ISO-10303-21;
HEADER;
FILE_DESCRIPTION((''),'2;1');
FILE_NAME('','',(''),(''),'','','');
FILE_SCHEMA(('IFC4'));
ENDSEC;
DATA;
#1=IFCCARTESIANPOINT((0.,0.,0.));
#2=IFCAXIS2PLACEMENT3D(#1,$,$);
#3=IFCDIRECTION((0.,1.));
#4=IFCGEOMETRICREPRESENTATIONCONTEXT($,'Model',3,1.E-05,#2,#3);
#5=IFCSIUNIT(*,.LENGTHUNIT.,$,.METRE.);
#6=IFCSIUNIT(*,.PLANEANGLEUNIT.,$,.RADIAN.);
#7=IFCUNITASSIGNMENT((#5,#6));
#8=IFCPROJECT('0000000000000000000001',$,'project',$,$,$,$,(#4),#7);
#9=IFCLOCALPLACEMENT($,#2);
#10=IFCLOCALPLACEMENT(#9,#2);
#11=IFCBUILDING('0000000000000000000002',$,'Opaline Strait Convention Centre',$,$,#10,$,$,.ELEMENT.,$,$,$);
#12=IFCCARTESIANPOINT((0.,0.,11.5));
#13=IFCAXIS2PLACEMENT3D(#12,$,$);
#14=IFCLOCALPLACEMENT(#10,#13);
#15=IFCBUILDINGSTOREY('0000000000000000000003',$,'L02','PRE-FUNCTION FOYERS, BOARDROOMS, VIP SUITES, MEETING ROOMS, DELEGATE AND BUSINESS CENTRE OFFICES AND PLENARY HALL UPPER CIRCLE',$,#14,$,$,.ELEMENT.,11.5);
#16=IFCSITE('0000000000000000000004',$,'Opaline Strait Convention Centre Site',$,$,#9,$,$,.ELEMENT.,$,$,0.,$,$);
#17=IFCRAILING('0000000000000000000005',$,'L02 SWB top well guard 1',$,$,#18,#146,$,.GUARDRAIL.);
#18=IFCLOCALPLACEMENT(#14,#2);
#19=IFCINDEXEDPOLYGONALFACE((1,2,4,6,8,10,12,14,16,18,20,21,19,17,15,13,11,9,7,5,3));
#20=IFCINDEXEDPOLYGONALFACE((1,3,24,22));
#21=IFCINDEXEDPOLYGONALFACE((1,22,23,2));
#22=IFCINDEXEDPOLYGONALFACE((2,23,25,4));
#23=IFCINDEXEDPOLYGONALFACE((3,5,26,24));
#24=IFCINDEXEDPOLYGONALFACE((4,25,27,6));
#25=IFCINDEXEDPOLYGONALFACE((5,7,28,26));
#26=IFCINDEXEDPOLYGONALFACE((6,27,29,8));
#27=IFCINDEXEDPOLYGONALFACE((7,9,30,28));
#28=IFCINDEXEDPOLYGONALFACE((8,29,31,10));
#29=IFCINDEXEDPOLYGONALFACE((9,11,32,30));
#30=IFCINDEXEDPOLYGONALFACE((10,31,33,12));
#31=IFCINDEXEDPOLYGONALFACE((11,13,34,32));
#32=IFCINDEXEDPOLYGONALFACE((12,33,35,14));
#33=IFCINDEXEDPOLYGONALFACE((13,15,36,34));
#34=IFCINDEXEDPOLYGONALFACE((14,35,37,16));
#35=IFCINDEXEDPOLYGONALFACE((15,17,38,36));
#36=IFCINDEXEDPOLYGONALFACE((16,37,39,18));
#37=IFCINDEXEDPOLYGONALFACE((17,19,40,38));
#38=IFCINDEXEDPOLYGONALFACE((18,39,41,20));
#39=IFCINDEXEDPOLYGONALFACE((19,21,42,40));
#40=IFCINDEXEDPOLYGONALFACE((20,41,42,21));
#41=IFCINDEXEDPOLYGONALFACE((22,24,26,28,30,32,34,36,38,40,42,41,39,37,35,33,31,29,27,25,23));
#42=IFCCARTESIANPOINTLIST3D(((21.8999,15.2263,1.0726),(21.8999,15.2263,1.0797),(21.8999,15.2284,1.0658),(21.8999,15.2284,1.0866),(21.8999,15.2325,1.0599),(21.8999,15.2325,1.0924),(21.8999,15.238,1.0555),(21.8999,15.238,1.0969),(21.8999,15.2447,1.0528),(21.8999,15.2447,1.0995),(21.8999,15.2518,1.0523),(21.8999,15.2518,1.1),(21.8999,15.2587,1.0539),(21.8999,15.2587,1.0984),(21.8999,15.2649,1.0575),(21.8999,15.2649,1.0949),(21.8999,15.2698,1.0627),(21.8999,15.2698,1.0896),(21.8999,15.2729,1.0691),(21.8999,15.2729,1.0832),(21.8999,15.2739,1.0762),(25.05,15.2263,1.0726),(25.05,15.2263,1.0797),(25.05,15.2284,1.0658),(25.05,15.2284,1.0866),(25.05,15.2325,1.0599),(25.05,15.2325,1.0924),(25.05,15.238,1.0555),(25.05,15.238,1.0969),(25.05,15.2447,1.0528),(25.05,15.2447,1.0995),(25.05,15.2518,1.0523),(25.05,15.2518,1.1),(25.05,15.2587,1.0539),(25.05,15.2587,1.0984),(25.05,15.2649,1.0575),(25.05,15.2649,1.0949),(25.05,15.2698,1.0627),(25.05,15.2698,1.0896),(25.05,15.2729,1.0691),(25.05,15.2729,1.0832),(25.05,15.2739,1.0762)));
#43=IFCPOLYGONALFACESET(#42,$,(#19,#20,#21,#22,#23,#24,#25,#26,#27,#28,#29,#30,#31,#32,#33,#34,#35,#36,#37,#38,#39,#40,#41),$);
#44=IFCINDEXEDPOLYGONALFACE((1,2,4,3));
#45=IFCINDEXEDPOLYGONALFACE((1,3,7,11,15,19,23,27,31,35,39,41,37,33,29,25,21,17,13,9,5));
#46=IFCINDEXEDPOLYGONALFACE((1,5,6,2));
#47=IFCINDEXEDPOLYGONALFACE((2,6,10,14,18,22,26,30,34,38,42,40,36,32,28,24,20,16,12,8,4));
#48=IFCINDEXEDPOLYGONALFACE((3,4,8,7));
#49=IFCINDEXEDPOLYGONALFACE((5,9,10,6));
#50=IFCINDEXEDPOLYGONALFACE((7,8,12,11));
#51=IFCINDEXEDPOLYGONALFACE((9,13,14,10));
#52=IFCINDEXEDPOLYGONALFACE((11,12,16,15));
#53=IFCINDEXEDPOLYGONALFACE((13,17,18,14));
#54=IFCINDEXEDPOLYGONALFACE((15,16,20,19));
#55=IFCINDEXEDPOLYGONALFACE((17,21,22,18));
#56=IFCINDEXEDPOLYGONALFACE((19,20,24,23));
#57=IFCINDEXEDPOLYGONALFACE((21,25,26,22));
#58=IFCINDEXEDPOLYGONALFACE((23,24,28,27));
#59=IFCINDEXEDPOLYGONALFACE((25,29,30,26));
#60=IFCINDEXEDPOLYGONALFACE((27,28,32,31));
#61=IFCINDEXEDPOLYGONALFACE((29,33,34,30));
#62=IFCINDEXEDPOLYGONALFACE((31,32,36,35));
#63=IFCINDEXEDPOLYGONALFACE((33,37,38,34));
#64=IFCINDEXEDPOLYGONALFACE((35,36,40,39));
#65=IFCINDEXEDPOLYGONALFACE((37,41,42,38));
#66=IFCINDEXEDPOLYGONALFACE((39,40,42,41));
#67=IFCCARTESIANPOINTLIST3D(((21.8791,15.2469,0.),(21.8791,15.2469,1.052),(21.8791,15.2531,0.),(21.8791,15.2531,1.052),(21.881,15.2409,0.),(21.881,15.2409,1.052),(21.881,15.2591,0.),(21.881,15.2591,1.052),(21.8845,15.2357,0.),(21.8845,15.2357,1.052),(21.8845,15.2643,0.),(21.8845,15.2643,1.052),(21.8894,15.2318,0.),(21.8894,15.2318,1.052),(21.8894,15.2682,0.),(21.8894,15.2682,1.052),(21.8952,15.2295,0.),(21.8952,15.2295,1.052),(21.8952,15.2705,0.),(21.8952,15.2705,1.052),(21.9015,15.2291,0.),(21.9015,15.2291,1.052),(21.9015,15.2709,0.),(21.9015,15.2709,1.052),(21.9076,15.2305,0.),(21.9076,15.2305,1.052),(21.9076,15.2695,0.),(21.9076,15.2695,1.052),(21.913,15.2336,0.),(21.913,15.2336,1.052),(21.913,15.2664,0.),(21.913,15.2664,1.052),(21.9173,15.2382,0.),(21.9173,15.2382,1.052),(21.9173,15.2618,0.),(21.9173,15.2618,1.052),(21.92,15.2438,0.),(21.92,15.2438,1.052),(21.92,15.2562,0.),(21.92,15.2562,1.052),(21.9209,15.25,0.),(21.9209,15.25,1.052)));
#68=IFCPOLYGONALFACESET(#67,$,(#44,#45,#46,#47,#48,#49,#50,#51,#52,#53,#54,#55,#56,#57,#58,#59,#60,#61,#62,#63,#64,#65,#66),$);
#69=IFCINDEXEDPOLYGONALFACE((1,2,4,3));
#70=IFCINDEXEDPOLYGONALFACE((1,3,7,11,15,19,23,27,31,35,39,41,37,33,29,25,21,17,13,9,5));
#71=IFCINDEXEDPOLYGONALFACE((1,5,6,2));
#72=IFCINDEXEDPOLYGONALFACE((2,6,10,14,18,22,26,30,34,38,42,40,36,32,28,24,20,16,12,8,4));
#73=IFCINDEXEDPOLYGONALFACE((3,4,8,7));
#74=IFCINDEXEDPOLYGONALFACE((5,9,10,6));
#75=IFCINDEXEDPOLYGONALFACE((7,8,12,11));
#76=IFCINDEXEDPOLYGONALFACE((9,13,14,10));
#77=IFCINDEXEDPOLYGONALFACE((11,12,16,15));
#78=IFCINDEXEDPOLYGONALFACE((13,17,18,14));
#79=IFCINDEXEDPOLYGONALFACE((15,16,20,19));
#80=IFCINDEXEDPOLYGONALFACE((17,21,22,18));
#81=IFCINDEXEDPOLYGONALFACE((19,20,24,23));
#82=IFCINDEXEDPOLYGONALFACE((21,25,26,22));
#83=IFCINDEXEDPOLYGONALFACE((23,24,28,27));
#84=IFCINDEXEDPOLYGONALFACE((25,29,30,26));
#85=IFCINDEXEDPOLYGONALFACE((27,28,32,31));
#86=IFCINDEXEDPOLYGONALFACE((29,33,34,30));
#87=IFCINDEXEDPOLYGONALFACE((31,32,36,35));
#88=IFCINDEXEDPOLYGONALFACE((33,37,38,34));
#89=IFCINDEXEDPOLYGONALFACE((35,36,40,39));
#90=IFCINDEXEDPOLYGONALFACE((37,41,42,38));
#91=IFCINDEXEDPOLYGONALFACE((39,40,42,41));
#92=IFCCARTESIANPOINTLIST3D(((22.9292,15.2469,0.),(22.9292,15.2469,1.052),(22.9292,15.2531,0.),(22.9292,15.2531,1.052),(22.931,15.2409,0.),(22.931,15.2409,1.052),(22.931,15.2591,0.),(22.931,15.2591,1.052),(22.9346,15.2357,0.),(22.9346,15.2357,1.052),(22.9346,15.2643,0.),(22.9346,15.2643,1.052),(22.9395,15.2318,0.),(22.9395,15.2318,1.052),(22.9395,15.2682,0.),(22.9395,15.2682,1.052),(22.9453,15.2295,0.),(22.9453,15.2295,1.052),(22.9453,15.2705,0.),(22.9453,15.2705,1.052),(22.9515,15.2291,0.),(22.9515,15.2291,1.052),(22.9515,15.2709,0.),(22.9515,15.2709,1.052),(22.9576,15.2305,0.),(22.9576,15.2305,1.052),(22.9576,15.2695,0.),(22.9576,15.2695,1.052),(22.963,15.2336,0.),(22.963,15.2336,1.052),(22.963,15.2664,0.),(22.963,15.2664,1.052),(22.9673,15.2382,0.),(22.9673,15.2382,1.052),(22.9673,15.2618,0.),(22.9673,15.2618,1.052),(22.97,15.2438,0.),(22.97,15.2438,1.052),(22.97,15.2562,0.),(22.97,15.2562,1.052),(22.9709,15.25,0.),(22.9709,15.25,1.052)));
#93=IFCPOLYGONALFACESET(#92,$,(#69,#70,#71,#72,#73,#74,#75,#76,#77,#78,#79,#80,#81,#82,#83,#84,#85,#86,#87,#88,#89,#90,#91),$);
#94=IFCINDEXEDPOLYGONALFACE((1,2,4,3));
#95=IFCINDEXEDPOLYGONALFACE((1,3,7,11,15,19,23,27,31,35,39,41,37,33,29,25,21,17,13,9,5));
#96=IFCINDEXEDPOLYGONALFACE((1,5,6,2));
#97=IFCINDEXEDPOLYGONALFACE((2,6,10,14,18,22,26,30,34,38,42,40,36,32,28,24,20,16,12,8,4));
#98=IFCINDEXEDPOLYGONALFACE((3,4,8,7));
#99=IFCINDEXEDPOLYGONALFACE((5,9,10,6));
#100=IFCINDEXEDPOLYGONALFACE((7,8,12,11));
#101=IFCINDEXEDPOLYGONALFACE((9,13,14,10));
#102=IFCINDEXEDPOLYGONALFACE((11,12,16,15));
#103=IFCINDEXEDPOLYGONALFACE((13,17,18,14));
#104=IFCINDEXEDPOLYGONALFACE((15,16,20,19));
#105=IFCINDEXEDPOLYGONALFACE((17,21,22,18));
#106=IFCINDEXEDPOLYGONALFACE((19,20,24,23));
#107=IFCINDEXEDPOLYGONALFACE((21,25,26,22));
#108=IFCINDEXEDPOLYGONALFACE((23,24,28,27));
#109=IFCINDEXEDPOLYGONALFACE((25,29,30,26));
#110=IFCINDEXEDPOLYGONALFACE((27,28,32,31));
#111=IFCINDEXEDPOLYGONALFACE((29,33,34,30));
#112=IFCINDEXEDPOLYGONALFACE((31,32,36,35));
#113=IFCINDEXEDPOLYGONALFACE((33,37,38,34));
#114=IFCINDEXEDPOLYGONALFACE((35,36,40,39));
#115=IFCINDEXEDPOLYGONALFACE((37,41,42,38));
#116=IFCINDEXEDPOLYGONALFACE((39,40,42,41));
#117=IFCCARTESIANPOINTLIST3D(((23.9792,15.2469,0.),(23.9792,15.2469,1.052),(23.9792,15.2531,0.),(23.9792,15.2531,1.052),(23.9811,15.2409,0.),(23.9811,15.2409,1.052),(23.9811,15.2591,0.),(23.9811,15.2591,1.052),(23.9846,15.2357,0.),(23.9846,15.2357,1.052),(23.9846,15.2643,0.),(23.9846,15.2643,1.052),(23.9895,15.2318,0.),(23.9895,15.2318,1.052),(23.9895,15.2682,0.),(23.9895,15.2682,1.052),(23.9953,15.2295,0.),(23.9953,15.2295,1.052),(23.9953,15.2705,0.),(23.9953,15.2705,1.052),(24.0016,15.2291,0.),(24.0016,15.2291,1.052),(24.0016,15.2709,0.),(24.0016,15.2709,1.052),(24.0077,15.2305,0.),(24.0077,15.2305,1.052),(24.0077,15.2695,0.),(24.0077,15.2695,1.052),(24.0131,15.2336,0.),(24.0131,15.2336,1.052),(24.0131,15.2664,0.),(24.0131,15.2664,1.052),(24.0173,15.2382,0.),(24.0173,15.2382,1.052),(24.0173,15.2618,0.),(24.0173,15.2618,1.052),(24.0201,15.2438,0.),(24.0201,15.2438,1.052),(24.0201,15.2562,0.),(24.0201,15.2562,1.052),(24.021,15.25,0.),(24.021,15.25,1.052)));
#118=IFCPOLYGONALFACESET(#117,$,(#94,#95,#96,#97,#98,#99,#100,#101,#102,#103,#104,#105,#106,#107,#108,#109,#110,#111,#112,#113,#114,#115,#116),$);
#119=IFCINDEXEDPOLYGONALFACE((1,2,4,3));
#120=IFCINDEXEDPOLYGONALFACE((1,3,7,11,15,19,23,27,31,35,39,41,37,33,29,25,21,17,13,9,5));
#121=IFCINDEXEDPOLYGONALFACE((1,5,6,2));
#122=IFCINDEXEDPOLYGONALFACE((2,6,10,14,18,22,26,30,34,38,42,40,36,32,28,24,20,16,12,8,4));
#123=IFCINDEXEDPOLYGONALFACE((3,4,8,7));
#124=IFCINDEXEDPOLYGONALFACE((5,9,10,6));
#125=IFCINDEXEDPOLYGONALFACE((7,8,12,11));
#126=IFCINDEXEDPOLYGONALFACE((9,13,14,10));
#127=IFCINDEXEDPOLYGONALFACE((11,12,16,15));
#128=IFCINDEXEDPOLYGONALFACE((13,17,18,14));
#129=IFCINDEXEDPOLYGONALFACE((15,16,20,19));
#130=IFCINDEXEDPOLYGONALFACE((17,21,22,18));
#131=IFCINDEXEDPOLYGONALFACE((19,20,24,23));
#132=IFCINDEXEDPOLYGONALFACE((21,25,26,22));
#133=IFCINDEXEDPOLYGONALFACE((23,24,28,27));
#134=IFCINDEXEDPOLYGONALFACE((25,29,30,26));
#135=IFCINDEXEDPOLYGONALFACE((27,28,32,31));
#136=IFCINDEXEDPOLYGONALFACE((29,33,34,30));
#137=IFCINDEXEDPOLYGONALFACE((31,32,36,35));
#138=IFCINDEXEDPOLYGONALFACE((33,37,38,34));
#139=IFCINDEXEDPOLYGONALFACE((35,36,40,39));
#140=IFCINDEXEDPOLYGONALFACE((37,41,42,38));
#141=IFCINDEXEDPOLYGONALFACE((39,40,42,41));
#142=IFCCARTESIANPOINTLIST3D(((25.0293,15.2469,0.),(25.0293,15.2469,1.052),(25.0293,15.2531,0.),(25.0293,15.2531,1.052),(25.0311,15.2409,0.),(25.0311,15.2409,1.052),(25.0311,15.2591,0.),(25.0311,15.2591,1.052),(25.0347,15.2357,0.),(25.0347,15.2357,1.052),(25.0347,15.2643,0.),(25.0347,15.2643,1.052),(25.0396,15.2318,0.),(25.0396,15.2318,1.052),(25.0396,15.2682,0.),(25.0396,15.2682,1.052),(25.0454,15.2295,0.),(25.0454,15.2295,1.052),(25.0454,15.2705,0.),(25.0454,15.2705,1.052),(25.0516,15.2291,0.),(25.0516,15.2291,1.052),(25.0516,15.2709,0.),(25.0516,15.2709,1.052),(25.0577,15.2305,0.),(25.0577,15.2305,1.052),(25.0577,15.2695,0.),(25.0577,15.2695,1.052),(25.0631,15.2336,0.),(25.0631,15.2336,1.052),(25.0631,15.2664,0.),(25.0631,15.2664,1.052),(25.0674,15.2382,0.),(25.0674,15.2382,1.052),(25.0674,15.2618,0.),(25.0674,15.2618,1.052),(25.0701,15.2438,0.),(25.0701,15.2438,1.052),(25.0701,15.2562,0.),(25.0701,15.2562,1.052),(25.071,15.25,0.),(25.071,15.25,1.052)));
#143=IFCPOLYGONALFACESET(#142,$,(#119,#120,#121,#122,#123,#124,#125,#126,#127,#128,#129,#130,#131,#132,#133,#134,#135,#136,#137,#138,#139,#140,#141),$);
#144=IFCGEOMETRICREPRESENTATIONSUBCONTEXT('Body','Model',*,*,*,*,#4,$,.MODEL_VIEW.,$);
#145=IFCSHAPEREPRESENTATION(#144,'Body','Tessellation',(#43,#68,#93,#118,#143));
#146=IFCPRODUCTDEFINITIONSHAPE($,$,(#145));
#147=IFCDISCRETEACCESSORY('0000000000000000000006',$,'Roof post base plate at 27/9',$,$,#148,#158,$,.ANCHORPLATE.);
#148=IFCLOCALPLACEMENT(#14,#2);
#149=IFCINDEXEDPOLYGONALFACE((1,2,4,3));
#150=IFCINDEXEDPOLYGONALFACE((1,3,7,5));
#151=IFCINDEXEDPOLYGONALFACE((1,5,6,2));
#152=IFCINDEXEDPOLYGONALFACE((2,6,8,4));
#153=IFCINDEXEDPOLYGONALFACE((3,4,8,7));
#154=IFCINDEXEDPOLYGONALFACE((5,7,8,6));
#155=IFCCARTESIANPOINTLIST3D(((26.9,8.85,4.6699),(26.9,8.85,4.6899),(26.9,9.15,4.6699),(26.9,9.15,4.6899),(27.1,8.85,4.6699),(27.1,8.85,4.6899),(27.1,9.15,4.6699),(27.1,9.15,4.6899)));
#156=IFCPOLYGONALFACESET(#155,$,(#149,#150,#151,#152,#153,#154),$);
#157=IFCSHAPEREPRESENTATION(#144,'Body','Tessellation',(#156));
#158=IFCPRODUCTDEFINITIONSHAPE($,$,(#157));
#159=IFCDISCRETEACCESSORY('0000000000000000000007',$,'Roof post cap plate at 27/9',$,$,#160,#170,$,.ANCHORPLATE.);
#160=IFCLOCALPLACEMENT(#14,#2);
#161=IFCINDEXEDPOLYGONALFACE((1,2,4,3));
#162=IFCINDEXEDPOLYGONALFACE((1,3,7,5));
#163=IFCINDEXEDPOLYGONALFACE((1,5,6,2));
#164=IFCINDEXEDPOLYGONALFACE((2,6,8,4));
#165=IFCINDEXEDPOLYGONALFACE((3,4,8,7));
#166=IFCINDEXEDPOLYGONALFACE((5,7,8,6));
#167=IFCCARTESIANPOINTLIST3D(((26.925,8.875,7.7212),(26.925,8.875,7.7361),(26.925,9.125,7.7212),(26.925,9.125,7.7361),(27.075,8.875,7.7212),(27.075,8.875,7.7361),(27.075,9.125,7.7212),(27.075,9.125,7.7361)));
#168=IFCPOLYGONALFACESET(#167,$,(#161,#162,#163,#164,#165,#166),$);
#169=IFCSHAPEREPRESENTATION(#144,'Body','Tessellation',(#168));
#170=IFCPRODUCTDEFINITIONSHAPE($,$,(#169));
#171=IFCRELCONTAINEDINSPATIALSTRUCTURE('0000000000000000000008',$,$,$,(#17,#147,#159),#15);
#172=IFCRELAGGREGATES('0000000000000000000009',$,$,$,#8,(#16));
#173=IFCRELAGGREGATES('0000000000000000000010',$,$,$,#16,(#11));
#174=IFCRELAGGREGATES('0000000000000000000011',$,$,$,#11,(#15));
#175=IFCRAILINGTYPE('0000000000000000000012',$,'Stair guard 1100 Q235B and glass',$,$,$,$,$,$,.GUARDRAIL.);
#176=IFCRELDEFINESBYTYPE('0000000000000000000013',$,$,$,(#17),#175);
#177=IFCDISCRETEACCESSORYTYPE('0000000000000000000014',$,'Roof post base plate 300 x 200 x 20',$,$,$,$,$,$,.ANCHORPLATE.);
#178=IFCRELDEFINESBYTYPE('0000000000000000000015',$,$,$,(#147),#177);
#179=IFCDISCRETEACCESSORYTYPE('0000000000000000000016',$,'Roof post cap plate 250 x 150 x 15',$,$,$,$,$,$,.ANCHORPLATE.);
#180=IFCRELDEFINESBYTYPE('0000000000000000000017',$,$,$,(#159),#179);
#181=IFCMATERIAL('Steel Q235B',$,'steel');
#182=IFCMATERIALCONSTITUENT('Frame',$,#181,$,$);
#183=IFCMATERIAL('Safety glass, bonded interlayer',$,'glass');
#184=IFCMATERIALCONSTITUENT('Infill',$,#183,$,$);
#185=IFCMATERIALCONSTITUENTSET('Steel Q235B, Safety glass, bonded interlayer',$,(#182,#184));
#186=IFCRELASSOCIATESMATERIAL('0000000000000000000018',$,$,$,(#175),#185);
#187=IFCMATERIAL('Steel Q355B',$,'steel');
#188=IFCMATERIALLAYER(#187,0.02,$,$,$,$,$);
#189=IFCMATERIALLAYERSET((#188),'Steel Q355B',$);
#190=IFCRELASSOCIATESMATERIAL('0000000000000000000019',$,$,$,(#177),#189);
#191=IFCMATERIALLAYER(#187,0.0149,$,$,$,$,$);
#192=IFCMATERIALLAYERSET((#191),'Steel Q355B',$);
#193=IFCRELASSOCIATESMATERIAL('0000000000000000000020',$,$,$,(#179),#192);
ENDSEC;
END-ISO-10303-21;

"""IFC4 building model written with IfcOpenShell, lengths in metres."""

from ifc_helpers import new_model, si_unit, direction, frame, origin, origin_2d, place, context, subcontext, project, spatial, rectangle, circle, extrude, material, layer, layer_set, constituent, constituent_set, type_object, element, save


model = new_model("IFC4")

# Units and contexts
model_context = context("Model", 3, precision=1e-05, world=origin(), true_north=direction((0.0, 1.0)))
body_context = subcontext(model_context, "Body", "Model", "MODEL_VIEW")
ifc_project = project(units=[si_unit("LENGTHUNIT", "METRE"), si_unit("PLANEANGLEUNIT", "RADIAN")], contexts=[model_context])

# Site, building, storey
site_placement = place(None, origin())
site = spatial("IfcSite", under=ifc_project, at=site_placement, Name="Opaline Strait Convention Centre Site", CompositionType="ELEMENT", RefElevation=0.0)
building_placement = place(site_placement, origin())
building = spatial("IfcBuilding", under=site, at=building_placement, Name="Opaline Strait Convention Centre", CompositionType="ELEMENT")
storey_placement = place(building_placement, frame((0.0, 0.0, 11.5)))
storey = spatial("IfcBuildingStorey", under=building, at=storey_placement, Name="L02", Description="PRE-FUNCTION FOYERS, BOARDROOMS, VIP SUITES, MEETING ROOMS, DELEGATE AND BUSINESS CENTRE OFFICES AND PLENARY HALL UPPER CIRCLE", CompositionType="ELEMENT", Elevation=11.5)

# Shared definitions
ifc_material_1 = material(Name="Steel Q355B", Category="steel")

# Railing
ifc_material_2 = material(Name="Steel Q235B", Category="steel")
ifc_constituent_1 = constituent(ifc_material_2, Name="Frame")
ifc_material_3 = material(Name="Safety glass, bonded interlayer", Category="glass")
ifc_constituent_2 = constituent(ifc_material_3, Name="Infill")
ifc_constituent_set = constituent_set(constituents=[ifc_constituent_1, ifc_constituent_2], Name="Steel Q235B, Safety glass, bonded interlayer")
railing_type = type_object("IfcRailingType", Name="Stair guard 1100 Q235B and glass", PredefinedType="GUARDRAIL", material=ifc_constituent_set)
railing_placement = place(storey_placement, frame((21.8999, 15.25, 0.0)))
element("IfcRailing", 1, at=railing_placement, inside=storey, type_object=railing_type, Name="L02 SWB top well guard 1", PredefinedType="GUARDRAIL", context=body_context, shape_type="SweptSolid", body=[
    extrude(circle(Radius=0.0239, at=origin_2d()), frame((0.0, 0.0, 1.0762), z_axis=(1.0, 0.0, 0.0), x_axis=(0.0, 1.0, 0.0)), (0.0, 0.0, 1.0), 3.1501),
    extrude(circle(Radius=0.021, at=origin_2d()), origin(), (0.0, 0.0, 1.0), 1.052),
    extrude(circle(Radius=0.021, at=origin_2d()), frame((1.05, 0.0, 0.0)), (0.0, 0.0, 1.0), 1.052),
    extrude(circle(Radius=0.021, at=origin_2d()), frame((2.1001, 0.0, 0.0)), (0.0, 0.0, 1.0), 1.052),
    extrude(circle(Radius=0.021, at=origin_2d()), frame((3.1501, 0.0, 0.0)), (0.0, 0.0, 1.0), 1.052),
])

# Discrete accessories
ifc_layer_1 = layer(ifc_material_1, 0.02)
ifc_layer_set_1 = layer_set([ifc_layer_1], Name="Steel Q355B")
discrete_accessory_type_1 = type_object("IfcDiscreteAccessoryType", Name="Roof post base plate 300 x 200 x 20", PredefinedType="ANCHORPLATE", material=ifc_layer_set_1)
discrete_accessory_1_placement = place(storey_placement, frame((27.0, 9.0, 4.6699), z_axis=(0.0, 0.0, 1.0), x_axis=(1.0, 0.0, 0.0)))
element("IfcDiscreteAccessory", 2, at=discrete_accessory_1_placement, inside=storey, type_object=discrete_accessory_type_1, Name="Roof post base plate at 27/9", PredefinedType="ANCHORPLATE", context=body_context, shape_type="SweptSolid", body=[
    extrude(rectangle(XDim=0.2, YDim=0.3, at=origin_2d()), origin(), (0.0, 0.0, 1.0), 0.02),
])
ifc_layer_2 = layer(ifc_material_1, 0.0149)
ifc_layer_set_2 = layer_set([ifc_layer_2], Name="Steel Q355B")
discrete_accessory_type_2 = type_object("IfcDiscreteAccessoryType", Name="Roof post cap plate 250 x 150 x 15", PredefinedType="ANCHORPLATE", material=ifc_layer_set_2)
discrete_accessory_2_placement = place(storey_placement, frame((27.0, 9.0, 7.7212), z_axis=(0.0, 0.0, 1.0), x_axis=(1.0, 0.0, 0.0)))
element("IfcDiscreteAccessory", 3, at=discrete_accessory_2_placement, inside=storey, type_object=discrete_accessory_type_2, Name="Roof post cap plate at 27/9", PredefinedType="ANCHORPLATE", context=body_context, shape_type="SweptSolid", body=[
    extrude(rectangle(XDim=0.1499, YDim=0.25, at=origin_2d()), origin(), (0.0, 0.0, 1.0), 0.0149),
])

save(model, "model.ifc")
